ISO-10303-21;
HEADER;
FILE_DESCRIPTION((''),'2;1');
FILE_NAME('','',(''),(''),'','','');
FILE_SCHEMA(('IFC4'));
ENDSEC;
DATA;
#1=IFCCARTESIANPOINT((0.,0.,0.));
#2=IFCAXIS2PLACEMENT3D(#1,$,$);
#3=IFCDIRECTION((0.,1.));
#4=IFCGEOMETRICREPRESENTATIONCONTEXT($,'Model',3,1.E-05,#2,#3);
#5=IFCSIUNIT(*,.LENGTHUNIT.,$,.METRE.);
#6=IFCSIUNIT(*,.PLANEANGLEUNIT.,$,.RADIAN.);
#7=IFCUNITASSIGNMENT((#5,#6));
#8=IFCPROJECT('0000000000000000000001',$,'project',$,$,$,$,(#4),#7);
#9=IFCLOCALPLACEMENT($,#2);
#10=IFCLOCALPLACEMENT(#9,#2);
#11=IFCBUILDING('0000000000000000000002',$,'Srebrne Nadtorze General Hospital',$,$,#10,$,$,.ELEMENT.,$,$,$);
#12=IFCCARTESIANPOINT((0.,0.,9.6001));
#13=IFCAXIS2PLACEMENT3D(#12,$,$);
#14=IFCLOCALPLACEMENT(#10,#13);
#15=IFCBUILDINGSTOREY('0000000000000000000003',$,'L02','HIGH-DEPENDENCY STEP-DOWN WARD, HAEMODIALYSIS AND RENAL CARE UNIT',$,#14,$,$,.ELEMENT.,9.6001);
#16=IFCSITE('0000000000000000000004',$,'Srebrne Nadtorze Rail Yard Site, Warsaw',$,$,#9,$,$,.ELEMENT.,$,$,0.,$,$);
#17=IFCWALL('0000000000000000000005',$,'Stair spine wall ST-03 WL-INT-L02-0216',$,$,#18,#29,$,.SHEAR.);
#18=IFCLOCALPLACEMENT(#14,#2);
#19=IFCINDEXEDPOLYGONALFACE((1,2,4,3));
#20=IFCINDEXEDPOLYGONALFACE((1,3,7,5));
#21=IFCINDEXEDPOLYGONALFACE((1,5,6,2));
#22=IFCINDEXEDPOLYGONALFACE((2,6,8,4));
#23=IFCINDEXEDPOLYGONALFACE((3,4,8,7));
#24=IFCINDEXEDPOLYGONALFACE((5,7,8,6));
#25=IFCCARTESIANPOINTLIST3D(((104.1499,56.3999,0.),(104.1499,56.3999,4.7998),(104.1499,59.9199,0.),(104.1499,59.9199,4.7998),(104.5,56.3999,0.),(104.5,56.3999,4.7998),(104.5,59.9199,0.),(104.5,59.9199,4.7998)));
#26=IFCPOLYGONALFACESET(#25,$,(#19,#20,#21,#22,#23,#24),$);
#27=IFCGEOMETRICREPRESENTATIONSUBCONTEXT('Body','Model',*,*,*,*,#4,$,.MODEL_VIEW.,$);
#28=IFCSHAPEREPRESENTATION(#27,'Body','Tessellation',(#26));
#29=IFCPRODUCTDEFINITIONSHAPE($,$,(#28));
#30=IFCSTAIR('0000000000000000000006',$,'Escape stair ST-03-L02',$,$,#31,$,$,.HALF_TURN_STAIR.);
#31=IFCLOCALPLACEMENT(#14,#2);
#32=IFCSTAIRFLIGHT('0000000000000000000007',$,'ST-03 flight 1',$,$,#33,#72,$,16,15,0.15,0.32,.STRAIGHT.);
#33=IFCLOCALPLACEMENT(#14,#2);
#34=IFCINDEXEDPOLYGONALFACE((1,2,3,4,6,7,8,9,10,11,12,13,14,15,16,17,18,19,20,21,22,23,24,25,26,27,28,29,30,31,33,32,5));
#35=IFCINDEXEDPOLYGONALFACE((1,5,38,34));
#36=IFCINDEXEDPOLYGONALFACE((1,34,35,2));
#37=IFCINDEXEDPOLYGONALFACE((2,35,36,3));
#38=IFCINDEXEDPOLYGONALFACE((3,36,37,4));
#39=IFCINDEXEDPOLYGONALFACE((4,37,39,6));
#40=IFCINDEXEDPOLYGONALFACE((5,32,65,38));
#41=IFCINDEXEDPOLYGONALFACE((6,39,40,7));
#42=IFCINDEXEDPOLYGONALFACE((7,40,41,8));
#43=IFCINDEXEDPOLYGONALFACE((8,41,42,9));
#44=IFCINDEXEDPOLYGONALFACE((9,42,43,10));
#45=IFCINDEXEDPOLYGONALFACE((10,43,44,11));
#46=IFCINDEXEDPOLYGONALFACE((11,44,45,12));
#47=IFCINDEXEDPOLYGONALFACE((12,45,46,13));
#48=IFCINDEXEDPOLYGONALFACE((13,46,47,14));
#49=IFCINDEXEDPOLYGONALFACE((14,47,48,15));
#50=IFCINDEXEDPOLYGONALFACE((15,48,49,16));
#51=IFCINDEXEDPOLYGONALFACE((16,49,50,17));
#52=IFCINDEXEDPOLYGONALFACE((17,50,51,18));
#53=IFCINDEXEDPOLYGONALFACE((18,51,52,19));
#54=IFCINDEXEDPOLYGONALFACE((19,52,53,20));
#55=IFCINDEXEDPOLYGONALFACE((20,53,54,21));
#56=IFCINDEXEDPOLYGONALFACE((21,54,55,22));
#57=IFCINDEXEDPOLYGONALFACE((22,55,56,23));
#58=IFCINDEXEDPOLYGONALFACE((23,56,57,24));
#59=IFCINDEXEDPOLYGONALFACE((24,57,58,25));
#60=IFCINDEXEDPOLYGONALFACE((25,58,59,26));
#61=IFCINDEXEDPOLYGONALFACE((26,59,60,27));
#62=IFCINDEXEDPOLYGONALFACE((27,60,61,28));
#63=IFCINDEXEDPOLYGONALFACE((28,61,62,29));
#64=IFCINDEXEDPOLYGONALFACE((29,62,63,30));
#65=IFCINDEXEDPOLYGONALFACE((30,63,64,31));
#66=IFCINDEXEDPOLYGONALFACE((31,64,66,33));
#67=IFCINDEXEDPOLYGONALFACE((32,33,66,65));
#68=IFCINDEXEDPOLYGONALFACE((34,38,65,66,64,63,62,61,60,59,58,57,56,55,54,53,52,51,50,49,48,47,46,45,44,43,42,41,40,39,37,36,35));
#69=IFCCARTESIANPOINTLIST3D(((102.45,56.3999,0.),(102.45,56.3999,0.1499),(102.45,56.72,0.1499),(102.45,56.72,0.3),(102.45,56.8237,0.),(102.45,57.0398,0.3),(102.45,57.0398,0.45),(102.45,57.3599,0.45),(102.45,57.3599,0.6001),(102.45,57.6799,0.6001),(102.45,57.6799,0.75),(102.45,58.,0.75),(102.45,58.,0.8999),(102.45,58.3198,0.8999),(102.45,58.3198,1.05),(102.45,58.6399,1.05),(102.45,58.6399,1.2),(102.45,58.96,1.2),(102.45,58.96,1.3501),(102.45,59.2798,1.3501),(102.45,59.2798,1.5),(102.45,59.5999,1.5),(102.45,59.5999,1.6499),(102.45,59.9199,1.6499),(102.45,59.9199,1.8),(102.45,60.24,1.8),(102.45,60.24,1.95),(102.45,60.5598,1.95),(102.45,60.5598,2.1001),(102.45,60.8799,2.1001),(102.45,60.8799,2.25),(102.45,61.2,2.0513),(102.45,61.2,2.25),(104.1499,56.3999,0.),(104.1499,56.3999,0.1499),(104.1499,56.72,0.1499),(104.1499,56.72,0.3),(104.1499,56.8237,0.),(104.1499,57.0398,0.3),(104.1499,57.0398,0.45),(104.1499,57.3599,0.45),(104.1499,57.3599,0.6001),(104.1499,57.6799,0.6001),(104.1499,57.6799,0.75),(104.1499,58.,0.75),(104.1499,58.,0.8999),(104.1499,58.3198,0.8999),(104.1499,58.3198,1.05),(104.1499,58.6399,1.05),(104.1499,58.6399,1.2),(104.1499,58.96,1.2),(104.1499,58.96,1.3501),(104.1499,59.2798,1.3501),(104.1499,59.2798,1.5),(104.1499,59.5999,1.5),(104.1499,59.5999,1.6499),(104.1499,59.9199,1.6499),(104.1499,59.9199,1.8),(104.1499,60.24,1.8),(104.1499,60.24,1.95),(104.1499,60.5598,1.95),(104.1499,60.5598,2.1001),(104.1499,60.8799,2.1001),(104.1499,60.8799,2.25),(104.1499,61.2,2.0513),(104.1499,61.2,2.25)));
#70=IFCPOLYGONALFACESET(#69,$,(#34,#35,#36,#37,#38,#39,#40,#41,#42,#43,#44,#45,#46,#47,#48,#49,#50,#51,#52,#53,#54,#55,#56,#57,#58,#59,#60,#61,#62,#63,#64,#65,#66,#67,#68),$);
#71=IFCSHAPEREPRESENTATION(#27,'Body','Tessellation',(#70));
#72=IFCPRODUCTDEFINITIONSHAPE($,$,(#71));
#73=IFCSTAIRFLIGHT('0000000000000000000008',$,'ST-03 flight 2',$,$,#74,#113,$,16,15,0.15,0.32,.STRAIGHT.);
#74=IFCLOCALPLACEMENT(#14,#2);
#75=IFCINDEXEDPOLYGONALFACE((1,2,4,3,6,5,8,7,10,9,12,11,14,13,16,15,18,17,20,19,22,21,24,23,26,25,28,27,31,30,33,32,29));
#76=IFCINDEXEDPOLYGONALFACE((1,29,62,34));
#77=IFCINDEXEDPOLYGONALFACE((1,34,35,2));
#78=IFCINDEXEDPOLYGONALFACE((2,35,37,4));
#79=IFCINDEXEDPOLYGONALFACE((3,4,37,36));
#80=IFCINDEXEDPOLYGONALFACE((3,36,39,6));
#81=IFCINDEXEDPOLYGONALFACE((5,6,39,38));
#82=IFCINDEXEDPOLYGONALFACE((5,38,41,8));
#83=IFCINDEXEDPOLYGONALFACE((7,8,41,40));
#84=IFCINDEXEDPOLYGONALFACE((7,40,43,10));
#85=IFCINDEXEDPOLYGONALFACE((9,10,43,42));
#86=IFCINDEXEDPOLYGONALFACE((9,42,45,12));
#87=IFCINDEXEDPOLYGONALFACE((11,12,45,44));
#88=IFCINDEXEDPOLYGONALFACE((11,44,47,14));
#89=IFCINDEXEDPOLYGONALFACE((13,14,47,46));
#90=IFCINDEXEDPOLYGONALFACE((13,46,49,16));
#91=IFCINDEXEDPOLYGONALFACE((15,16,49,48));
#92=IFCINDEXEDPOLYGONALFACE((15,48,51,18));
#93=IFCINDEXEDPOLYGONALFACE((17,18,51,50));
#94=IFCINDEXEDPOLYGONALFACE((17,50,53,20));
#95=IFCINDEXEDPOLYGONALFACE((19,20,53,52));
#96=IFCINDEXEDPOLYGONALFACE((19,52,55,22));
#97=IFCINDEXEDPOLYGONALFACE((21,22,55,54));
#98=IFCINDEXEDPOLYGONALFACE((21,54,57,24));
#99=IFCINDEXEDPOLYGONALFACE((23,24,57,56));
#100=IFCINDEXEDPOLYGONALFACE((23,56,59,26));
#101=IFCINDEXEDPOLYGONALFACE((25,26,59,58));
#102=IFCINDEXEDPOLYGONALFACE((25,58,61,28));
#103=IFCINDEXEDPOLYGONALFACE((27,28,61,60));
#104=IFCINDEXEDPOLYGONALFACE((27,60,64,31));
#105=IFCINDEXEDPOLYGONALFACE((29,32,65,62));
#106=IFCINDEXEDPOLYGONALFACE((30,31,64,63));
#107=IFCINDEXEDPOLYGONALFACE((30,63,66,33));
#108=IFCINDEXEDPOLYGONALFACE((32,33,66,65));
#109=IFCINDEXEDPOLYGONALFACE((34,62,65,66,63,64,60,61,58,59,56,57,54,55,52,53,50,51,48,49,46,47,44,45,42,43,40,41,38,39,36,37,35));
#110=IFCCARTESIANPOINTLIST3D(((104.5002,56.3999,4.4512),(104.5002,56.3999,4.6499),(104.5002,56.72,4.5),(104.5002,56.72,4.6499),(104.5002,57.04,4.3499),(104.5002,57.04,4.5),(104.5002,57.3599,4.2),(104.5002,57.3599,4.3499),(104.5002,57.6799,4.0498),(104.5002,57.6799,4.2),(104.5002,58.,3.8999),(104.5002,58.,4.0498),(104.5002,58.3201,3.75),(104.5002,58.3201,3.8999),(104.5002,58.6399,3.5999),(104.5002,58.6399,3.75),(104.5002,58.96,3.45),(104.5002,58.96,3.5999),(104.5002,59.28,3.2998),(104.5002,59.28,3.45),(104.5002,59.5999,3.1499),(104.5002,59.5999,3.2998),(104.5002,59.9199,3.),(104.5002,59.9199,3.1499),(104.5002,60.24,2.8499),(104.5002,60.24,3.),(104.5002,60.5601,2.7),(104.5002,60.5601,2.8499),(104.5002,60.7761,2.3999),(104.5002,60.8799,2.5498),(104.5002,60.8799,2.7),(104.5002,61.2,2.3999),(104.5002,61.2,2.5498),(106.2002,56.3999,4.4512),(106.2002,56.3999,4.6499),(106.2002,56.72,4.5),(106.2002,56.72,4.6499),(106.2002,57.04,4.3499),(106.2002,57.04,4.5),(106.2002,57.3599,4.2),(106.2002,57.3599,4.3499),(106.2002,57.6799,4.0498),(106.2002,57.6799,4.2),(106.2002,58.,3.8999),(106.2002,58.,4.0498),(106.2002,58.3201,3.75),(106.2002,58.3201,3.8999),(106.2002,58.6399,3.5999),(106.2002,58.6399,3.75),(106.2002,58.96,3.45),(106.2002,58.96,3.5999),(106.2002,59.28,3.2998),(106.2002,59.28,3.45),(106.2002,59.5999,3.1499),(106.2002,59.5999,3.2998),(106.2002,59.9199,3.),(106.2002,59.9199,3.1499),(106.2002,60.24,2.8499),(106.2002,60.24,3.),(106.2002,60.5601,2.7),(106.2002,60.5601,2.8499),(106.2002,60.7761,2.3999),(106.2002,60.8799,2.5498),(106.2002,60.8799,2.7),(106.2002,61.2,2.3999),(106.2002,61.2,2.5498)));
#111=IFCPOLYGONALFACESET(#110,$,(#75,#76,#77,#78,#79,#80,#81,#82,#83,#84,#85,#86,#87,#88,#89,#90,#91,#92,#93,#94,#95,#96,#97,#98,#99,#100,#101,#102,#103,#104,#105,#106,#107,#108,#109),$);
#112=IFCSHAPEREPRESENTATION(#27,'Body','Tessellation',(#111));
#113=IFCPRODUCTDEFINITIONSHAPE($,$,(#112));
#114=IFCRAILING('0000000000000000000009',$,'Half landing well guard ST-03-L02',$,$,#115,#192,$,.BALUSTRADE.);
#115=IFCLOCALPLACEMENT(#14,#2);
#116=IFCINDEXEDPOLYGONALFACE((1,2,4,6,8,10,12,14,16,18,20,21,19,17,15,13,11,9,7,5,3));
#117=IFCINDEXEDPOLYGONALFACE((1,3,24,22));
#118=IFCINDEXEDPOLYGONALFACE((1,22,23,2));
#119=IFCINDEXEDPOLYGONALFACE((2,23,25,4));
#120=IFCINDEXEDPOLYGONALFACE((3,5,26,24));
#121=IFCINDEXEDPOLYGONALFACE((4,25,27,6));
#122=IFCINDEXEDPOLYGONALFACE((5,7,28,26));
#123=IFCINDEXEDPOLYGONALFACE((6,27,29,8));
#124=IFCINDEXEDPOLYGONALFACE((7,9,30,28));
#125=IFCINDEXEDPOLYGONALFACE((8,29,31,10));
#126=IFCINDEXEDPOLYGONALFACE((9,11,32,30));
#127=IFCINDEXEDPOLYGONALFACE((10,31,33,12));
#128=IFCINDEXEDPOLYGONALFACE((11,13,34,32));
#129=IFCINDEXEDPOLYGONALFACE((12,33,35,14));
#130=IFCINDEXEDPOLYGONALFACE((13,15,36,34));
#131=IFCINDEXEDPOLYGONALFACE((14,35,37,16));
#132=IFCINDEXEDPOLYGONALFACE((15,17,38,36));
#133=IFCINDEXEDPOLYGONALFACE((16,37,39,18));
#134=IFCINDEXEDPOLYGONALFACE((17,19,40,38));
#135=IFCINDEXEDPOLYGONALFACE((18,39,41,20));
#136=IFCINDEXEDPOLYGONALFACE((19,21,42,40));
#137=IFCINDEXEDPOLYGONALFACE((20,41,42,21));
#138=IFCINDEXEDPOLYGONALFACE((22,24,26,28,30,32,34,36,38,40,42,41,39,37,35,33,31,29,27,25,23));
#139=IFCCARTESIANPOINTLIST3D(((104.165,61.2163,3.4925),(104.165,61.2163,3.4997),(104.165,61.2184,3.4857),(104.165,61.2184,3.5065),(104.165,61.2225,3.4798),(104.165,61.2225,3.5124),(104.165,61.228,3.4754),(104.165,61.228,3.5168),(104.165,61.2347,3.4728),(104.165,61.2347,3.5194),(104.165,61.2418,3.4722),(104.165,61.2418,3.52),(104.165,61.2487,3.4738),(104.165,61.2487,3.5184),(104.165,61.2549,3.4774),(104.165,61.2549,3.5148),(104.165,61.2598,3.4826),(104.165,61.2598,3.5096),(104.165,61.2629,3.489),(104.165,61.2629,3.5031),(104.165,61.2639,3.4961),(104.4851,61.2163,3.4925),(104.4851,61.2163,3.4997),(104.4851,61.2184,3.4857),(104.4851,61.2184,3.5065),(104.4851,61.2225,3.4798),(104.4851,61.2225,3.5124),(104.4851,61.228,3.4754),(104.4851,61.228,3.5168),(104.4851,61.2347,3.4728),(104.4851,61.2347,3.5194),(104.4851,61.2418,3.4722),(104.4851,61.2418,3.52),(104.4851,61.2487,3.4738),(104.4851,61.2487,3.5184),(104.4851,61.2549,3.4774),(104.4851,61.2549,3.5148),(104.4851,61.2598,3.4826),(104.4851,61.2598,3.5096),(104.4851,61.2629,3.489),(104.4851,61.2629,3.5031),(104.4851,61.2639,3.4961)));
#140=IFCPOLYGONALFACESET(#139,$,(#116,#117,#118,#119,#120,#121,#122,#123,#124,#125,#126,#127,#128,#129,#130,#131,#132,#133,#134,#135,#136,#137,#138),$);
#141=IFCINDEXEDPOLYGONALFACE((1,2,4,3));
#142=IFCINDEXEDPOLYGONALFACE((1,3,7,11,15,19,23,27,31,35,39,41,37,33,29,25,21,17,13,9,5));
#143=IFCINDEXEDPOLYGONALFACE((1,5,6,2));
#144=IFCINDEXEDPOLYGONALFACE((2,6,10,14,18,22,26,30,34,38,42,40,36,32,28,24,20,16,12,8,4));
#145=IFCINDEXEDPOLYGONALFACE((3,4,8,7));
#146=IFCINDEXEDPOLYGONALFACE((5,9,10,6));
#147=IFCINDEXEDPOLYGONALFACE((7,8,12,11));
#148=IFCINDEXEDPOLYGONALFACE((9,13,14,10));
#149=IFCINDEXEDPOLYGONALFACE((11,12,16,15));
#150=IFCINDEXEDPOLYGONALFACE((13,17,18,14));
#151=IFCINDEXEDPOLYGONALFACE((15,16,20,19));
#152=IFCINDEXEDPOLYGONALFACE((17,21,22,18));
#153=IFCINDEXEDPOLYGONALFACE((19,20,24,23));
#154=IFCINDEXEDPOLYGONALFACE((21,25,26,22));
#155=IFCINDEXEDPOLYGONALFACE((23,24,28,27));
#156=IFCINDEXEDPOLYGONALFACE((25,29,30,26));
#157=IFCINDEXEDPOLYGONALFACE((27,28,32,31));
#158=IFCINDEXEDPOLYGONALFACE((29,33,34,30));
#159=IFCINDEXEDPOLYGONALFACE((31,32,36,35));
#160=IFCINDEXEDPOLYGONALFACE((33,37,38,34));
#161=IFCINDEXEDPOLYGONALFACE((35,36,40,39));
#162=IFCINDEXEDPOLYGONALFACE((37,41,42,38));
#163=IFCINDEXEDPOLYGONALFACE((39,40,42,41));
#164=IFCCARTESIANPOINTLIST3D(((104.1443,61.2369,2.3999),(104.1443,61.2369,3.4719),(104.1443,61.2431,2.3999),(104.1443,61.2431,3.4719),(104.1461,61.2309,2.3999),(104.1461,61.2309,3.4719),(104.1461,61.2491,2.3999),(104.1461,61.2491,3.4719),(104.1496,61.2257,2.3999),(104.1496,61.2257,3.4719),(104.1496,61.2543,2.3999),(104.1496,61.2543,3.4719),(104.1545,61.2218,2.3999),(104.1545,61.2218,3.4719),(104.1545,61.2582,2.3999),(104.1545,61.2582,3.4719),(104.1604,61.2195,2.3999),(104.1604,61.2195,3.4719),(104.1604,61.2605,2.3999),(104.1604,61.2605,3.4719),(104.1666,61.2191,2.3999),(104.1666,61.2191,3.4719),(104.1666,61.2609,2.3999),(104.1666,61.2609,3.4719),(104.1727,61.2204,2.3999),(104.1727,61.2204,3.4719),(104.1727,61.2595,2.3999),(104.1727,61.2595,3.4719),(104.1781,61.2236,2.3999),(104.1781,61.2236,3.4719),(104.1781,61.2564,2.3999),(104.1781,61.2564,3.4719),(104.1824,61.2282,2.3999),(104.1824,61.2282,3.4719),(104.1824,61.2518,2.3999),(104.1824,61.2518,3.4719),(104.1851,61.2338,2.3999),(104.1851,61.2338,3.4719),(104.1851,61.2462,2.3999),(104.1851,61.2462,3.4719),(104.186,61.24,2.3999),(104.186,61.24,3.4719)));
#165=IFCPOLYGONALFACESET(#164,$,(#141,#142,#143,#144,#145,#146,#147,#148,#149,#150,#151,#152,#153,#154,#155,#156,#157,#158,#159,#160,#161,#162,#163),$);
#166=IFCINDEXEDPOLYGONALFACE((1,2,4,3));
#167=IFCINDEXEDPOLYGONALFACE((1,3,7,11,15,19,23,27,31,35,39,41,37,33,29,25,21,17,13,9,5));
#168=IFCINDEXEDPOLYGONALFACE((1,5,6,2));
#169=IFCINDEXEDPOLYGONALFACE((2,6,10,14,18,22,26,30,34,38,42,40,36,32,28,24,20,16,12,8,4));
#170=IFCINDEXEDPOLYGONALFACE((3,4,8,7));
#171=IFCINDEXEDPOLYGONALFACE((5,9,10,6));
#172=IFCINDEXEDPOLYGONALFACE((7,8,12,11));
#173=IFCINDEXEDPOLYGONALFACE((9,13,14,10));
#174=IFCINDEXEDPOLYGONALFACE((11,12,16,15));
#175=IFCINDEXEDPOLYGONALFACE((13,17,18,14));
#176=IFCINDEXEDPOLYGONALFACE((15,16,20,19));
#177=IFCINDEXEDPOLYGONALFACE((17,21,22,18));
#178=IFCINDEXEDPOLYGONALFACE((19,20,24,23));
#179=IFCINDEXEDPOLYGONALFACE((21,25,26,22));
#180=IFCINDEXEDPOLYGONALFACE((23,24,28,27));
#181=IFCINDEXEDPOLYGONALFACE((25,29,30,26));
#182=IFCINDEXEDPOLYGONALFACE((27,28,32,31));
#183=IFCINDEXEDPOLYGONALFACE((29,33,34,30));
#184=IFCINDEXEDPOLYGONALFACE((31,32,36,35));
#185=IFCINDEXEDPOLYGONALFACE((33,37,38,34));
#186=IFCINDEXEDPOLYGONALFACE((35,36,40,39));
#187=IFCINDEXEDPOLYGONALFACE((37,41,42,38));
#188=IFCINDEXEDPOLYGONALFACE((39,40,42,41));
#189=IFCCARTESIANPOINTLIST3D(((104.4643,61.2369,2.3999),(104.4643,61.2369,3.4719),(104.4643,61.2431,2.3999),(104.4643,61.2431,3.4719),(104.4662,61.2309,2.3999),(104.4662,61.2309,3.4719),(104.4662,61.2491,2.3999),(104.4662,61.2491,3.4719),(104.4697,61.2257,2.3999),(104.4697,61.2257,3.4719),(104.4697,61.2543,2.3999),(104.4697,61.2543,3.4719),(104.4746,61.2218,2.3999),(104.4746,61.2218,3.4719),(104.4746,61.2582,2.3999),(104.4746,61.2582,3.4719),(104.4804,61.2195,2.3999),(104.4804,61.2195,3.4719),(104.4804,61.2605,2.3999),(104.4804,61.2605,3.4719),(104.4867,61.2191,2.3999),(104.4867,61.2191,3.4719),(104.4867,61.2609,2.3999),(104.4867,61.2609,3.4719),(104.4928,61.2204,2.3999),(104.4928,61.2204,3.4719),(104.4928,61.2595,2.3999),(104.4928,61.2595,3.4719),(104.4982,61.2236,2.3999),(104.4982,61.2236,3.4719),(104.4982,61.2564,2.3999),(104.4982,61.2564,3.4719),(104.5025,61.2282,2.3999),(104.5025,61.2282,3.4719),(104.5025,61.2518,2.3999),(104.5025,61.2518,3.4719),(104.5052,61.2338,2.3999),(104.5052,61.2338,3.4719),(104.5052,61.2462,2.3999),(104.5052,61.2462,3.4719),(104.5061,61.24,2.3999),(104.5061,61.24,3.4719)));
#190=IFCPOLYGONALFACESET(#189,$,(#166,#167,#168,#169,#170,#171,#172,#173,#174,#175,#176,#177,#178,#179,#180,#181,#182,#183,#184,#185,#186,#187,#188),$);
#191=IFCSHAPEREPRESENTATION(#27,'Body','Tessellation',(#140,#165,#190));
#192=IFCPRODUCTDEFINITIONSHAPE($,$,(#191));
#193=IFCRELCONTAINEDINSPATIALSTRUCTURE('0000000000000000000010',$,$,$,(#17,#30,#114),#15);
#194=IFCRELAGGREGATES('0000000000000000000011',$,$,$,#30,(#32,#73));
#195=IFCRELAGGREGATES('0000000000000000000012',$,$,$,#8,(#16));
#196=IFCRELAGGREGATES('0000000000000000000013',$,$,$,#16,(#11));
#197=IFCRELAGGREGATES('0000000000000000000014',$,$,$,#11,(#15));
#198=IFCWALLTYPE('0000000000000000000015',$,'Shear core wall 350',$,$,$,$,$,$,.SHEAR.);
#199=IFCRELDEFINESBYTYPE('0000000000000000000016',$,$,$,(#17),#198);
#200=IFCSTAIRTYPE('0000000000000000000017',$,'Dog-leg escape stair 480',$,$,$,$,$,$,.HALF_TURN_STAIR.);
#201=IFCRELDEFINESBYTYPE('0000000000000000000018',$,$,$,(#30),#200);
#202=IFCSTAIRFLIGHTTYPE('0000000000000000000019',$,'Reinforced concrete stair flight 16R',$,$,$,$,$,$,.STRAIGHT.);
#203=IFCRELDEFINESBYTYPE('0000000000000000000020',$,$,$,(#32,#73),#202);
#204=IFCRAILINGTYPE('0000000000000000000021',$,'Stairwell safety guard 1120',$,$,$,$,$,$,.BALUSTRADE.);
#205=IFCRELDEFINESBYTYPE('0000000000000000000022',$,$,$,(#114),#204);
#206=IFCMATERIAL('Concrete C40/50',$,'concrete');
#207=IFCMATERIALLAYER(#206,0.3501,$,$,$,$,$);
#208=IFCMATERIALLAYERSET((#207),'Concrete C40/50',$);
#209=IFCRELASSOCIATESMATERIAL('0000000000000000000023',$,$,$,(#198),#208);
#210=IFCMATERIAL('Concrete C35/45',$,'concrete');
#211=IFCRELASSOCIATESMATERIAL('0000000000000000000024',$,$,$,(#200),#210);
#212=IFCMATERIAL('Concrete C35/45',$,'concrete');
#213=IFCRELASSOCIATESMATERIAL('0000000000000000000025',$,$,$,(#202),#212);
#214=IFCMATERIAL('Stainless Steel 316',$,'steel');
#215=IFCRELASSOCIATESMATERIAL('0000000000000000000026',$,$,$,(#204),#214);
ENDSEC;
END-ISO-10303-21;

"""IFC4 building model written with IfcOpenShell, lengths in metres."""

from ifc_helpers import new_model, si_unit, direction, frame, frame_2d, origin, origin_2d, place, context, subcontext, project, spatial, polyline, rectangle, circle, outline, extrude, material, layer, layer_set, type_object, element, aggregate, save


model = new_model("IFC4")

# Units and contexts
model_context = context("Model", 3, precision=1e-05, world=origin(), true_north=direction((0.0, 1.0)))
body_context = subcontext(model_context, "Body", "Model", "MODEL_VIEW")
ifc_project = project(units=[si_unit("LENGTHUNIT", "METRE"), si_unit("PLANEANGLEUNIT", "RADIAN")], contexts=[model_context])

# Site, building, storey
site_placement = place(None, origin())
site = spatial("IfcSite", under=ifc_project, at=site_placement, Name="Srebrne Nadtorze Rail Yard Site, Warsaw", CompositionType="ELEMENT", RefElevation=0.0)
building_placement = place(site_placement, origin())
building = spatial("IfcBuilding", under=site, at=building_placement, Name="Srebrne Nadtorze General Hospital", CompositionType="ELEMENT")
storey_placement = place(building_placement, frame((0.0, 0.0, 9.6001)))
storey = spatial("IfcBuildingStorey", under=building, at=storey_placement, Name="L02", Description="HIGH-DEPENDENCY STEP-DOWN WARD, HAEMODIALYSIS AND RENAL CARE UNIT", CompositionType="ELEMENT", Elevation=9.6001)

# Shared definitions
ifc_material_1 = material(Name="Concrete C40/50", Category="concrete")
ifc_layer_1 = layer(ifc_material_1, 0.3501)
ifc_layer_set_1 = layer_set([ifc_layer_1], Name="Concrete C40/50")
wall_type_1 = type_object("IfcWallType", Name="Shear core wall 350", PredefinedType="SHEAR", material=ifc_layer_set_1)

# Wall
wall_1_placement = place(storey_placement, frame((104.325, 56.3999, 0.0), z_axis=(0.0, 0.0, 1.0), x_axis=(0.0, 1.0, 0.0)))
element("IfcWall", 1, at=wall_1_placement, inside=storey, type_object=wall_type_1, Name="Stair spine wall ST-03 WL-INT-L02-0216", PredefinedType="SHEAR", context=body_context, shape_type="SweptSolid", body=[
    extrude(rectangle(XDim=3.52, YDim=0.3501, at=frame_2d((1.76, 0.0))), origin(), (0.0, 0.0, 1.0), 4.7998),
])

# Stair, stair flights
ifc_material_2 = material(Name="Concrete C35/45", Category="concrete")
stair_type = type_object("IfcStairType", Name="Dog-leg escape stair 480", PredefinedType="HALF_TURN_STAIR", material=ifc_material_2)
stair_placement = place(storey_placement, origin())
stair = element("IfcStair", 2, at=stair_placement, inside=storey, type_object=stair_type, Name="Escape stair ST-03-L02", PredefinedType="HALF_TURN_STAIR")
ifc_material_3 = material(Name="Concrete C35/45", Category="concrete")
stair_flight_type = type_object("IfcStairFlightType", Name="Reinforced concrete stair flight 16R", PredefinedType="STRAIGHT", material=ifc_material_3)
stair_flight_1_placement = place(storey_placement, frame((103.3, 56.3999, 0.0), z_axis=(0.0, 0.0, 1.0), x_axis=(0.0, 1.0, 0.0)))
stair_flight_1 = element("IfcStairFlight", 3, at=stair_flight_1_placement, type_object=stair_flight_type, Name="ST-03 flight 1", NumberOfRisers=16, NumberOfTreads=15, PredefinedType="STRAIGHT", RiserHeight=0.15, TreadLength=0.32, context=body_context, shape_type="SweptSolid", body=[
    extrude(outline(polyline([(0.0, 0.0), (0.0, 0.1499), (0.3201, 0.1499), (0.3201, 0.3), (0.6399, 0.3), (0.6399, 0.45), (0.96, 0.45), (0.96, 0.6001), (1.28, 0.6001), (1.28, 0.75), (1.6001, 0.75), (1.6001, 0.8999), (1.9199, 0.8999), (1.9199, 1.05), (2.24, 1.05), (2.24, 1.2), (2.5601, 1.2), (2.5601, 1.3501), (2.8799, 1.3501), (2.8799, 1.5), (3.2, 1.5), (3.2, 1.6499), (3.52, 1.6499), (3.52, 1.8), (3.8401, 1.8), (3.8401, 1.95), (4.1599, 1.95), (4.1599, 2.1001), (4.48, 2.1001), (4.48, 2.25), (4.8, 2.25), (4.8, 2.3999), (4.8, 2.0513), (0.4238, 0.0), (0.0, 0.0)])), frame((0.0, 0.8501, 0.0), z_axis=(0.0, -1.0, 0.0), x_axis=(1.0, 0.0, 0.0)), (0.0, 0.0, 1.0), 1.7),
])
stair_flight_2_placement = place(storey_placement, frame((105.3501, 61.2, 2.3999), z_axis=(0.0, 0.0, 1.0), x_axis=(0.0, -1.0, 0.0)))
stair_flight_2 = element("IfcStairFlight", 4, at=stair_flight_2_placement, type_object=stair_flight_type, Name="ST-03 flight 2", NumberOfRisers=16, NumberOfTreads=15, PredefinedType="STRAIGHT", RiserHeight=0.15, TreadLength=0.32, context=body_context, shape_type="SweptSolid", body=[
    extrude(outline(polyline([(0.0, 0.0), (0.0, 0.1499), (0.3201, 0.1499), (0.3201, 0.3), (0.6399, 0.3), (0.6399, 0.45), (0.96, 0.45), (0.96, 0.6001), (1.28, 0.6001), (1.28, 0.75), (1.6001, 0.75), (1.6001, 0.8999), (1.9199, 0.8999), (1.9199, 1.05), (2.24, 1.05), (2.24, 1.2), (2.5601, 1.2), (2.5601, 1.3501), (2.8799, 1.3501), (2.8799, 1.5), (3.2, 1.5), (3.2, 1.6499), (3.52, 1.6499), (3.52, 1.8), (3.8401, 1.8), (3.8401, 1.95), (4.1599, 1.95), (4.1599, 2.1001), (4.48, 2.1001), (4.48, 2.25), (4.8, 2.25), (4.8, 2.3999), (4.8, 2.0513), (0.4238, 0.0), (0.0, 0.0)])), frame((0.0, 0.8501, 0.0), z_axis=(0.0, -1.0, 0.0), x_axis=(1.0, 0.0, 0.0)), (0.0, 0.0, 1.0), 1.7),
])
aggregate(stair, [stair_flight_1, stair_flight_2])

# Railing
ifc_material_4 = material(Name="Stainless Steel 316", Category="steel")
railing_type_1 = type_object("IfcRailingType", Name="Stairwell safety guard 1120", PredefinedType="BALUSTRADE", material=ifc_material_4)
railing_1_placement = place(storey_placement, frame((104.165, 61.24, 2.3999)))
element("IfcRailing", 5, at=railing_1_placement, inside=storey, type_object=railing_type_1, Name="Half landing well guard ST-03-L02", PredefinedType="BALUSTRADE", context=body_context, shape_type="SweptSolid", body=[
    extrude(circle(Radius=0.0239, at=origin_2d()), frame((0.0, 0.0, 1.0962), z_axis=(1.0, 0.0, 0.0), x_axis=(0.0, 1.0, 0.0)), (0.0, 0.0, 1.0), 0.3201),
    extrude(circle(Radius=0.021, at=origin_2d()), origin(), (0.0, 0.0, 1.0), 1.072),
    extrude(circle(Radius=0.021, at=origin_2d()), frame((0.3201, 0.0, 0.0)), (0.0, 0.0, 1.0), 1.072),
])

save(model, "model.ifc")
